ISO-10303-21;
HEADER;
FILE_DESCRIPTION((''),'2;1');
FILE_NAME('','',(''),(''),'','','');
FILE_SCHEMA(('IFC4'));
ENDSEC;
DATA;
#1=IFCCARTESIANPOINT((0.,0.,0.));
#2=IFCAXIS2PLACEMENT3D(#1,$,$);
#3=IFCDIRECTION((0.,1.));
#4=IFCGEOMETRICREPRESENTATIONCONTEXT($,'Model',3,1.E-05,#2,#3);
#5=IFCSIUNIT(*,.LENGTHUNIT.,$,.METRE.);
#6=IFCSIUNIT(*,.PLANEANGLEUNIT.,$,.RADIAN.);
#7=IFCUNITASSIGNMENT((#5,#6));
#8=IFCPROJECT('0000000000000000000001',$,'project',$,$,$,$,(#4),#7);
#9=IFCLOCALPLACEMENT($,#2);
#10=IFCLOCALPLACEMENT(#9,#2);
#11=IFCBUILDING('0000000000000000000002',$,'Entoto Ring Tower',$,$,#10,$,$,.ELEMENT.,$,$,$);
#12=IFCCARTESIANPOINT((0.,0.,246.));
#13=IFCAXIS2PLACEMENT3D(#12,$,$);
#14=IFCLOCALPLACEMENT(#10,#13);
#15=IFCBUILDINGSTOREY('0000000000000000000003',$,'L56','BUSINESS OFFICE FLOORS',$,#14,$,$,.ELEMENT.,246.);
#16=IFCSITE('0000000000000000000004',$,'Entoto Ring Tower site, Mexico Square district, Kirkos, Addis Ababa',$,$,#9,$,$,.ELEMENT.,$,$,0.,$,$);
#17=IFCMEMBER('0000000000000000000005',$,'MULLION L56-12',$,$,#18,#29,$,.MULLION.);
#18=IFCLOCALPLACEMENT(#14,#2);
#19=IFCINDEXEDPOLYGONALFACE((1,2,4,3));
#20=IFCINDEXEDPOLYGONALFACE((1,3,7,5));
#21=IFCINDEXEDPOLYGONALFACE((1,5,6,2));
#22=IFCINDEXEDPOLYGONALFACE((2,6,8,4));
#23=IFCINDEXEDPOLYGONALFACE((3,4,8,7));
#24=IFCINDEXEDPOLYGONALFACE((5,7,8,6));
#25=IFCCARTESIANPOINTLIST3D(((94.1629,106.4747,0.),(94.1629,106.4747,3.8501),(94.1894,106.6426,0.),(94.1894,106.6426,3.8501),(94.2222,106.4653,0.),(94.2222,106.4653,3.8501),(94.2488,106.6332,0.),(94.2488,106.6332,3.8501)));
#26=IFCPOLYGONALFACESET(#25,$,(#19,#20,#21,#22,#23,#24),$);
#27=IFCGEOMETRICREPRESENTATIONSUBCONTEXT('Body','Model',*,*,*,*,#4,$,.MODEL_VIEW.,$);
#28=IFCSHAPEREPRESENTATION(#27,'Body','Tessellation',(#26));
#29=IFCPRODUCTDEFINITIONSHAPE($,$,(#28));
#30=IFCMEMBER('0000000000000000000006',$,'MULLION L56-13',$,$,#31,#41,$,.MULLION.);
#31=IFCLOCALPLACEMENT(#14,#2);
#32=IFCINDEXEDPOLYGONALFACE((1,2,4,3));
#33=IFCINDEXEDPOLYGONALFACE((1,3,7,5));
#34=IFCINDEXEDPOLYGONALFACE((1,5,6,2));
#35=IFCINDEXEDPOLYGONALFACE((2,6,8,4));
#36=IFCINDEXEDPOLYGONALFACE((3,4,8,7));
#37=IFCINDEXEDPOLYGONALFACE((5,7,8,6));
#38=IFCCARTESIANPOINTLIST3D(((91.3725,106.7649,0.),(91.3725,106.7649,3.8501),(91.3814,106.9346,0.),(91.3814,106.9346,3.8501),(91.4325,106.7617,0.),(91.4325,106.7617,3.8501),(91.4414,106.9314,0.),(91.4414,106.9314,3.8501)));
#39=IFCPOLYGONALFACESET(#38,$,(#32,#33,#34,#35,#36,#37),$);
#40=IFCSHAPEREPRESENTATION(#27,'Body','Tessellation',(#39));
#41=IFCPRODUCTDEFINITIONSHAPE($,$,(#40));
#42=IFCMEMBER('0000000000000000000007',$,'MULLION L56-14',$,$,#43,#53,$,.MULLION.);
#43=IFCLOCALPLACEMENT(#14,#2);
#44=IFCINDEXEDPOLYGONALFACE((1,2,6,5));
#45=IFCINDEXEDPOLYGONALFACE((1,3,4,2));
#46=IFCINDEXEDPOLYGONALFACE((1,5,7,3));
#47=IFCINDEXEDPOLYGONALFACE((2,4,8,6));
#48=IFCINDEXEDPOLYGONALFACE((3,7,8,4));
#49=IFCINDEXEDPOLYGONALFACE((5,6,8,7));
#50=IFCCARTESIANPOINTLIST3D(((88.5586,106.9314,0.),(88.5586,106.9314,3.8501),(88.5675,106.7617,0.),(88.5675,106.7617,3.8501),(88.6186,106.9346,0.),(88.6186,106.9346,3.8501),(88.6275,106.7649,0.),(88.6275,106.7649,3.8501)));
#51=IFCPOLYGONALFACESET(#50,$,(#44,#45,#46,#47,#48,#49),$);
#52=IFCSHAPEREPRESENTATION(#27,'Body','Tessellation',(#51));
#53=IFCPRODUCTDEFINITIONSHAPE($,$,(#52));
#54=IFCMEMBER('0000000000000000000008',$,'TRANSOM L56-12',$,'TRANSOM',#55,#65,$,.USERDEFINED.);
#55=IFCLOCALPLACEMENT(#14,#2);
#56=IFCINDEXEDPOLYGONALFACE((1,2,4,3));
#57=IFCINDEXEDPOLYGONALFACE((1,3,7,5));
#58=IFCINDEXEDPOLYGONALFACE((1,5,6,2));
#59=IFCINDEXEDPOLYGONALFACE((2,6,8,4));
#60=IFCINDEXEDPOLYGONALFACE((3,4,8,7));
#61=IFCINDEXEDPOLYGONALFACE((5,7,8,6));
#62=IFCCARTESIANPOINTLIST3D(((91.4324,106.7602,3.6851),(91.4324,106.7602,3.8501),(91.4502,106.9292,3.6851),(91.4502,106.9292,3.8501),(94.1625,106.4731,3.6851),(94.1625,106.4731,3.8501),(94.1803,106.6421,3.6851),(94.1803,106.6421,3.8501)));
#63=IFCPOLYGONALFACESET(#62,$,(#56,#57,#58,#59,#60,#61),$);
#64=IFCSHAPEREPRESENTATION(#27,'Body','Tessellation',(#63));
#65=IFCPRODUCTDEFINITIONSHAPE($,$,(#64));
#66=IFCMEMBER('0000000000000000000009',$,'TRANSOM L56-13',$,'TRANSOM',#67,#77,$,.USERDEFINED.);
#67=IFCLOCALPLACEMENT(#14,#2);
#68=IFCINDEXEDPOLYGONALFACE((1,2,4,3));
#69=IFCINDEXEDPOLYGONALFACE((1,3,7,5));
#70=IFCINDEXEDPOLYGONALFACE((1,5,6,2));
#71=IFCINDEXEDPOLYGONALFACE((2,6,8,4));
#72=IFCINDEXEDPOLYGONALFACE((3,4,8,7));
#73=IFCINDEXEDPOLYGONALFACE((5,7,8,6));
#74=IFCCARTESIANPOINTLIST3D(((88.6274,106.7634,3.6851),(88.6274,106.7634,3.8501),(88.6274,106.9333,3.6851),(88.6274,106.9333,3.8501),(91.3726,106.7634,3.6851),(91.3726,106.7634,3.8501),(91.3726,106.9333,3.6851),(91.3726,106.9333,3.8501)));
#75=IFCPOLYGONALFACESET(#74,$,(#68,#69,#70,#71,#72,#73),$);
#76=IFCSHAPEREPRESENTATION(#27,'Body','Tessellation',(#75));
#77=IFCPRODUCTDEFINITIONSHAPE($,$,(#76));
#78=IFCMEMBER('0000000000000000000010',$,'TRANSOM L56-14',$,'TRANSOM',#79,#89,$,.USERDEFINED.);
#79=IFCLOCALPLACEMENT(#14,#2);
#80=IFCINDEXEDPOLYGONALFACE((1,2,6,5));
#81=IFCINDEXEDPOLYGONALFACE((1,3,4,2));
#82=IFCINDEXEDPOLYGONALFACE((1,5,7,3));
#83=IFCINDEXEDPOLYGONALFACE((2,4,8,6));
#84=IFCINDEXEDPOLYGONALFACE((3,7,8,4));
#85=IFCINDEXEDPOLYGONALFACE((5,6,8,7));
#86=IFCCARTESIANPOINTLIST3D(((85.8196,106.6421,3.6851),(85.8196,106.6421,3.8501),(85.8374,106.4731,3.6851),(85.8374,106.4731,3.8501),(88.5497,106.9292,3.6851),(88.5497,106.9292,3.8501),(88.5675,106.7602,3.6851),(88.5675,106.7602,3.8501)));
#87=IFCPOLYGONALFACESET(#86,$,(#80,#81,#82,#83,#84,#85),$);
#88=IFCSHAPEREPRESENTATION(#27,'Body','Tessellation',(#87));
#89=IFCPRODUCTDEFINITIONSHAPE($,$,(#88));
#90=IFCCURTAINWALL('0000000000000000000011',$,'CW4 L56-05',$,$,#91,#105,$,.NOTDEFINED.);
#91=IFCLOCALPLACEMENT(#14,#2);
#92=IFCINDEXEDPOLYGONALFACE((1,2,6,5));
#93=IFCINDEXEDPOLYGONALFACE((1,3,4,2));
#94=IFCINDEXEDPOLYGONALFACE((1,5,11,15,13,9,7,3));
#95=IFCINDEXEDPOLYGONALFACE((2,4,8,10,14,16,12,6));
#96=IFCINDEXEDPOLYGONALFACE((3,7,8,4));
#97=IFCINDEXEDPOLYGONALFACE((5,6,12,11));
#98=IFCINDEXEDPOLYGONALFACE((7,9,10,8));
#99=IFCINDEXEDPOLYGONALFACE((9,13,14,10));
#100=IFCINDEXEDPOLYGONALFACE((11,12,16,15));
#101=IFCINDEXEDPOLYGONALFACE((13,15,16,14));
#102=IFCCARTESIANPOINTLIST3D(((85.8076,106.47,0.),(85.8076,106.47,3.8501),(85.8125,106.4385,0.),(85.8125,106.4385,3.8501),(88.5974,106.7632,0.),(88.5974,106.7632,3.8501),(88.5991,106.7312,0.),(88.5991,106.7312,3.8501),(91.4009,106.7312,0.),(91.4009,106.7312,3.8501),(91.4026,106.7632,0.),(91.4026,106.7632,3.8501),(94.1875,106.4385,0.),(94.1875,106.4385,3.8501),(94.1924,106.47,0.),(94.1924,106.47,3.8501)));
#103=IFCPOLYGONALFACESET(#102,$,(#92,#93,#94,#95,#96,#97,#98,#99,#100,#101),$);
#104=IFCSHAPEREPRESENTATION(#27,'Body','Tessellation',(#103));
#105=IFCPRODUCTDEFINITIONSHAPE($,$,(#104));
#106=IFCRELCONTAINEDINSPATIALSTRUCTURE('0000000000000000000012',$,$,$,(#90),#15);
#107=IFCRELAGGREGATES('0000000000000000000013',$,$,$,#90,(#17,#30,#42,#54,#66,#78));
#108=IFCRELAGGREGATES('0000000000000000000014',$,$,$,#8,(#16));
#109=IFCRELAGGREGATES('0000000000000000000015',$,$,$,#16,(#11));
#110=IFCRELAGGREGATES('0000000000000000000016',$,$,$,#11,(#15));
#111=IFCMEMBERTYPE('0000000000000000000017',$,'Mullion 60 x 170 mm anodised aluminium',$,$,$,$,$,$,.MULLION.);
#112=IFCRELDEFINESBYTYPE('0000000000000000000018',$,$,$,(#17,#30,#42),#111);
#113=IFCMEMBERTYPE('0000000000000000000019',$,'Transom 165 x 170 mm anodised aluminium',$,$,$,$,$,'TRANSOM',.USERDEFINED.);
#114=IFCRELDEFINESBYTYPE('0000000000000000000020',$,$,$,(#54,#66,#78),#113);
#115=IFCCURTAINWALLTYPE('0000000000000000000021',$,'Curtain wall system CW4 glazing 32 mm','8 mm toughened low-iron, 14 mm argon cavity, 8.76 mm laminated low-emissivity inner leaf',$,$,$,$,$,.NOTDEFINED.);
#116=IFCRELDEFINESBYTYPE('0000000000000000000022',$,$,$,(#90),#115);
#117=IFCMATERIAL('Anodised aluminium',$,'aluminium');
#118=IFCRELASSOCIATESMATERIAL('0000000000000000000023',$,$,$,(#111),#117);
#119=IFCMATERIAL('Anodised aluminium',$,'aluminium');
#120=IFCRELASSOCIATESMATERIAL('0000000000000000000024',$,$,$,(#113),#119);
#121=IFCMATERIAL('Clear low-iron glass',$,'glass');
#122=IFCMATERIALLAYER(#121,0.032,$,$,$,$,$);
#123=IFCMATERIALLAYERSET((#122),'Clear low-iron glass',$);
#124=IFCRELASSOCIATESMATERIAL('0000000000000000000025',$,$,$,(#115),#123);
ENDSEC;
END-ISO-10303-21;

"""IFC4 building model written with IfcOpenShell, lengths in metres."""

from ifc_helpers import new_model, si_unit, direction, frame, origin, origin_2d, place, context, subcontext, project, spatial, polyline, rectangle, outline, extrude, material, layer, layer_set, material_profile, profile_set, type_object, element, aggregate, save


model = new_model("IFC4")

# Units and contexts
model_context = context("Model", 3, precision=1e-05, world=origin(), true_north=direction((0.0, 1.0)))
body_context = subcontext(model_context, "Body", "Model", "MODEL_VIEW")
ifc_project = project(units=[si_unit("LENGTHUNIT", "METRE"), si_unit("PLANEANGLEUNIT", "RADIAN")], contexts=[model_context])

# Members
ifc_material_1 = material(Name="Anodised aluminium", Category="aluminium")
ifc_material_profile_1 = material_profile(ifc_material_1, rectangle(XDim=0.0601, YDim=0.1699, at=origin_2d()), Name="Mullion 60 x 170 mm anodised aluminium")
ifc_profile_set_1 = profile_set([ifc_material_profile_1], Name="Anodised aluminium")
member_type_1 = type_object("IfcMemberType", Name="Mullion 60 x 170 mm anodised aluminium", PredefinedType="MULLION", material=ifc_profile_set_1)
site_placement = place(None, origin())
building_placement = place(site_placement, origin())
storey_placement = place(building_placement, frame((0.0, 0.0, 246.0)))
member_1_placement = place(storey_placement, frame((94.2058, 106.554, 0.0), z_axis=(0.0, 0.0, 1.0), x_axis=(-0.987688, 0.156434, 0.0)))
member_1 = element("IfcMember", 1, at=member_1_placement, type_object=member_type_1, Name="MULLION L56-12", PredefinedType="MULLION", context=body_context, shape_type="SweptSolid", body=[
    extrude(rectangle(XDim=0.0601, YDim=0.1699, at=origin_2d()), origin(), (0.0, 0.0, 1.0), 3.8501),
])
member_2_placement = place(storey_placement, frame((91.407, 106.8481, 0.0), z_axis=(0.0, 0.0, 1.0), x_axis=(-0.99863, 0.052336, 0.0)))
member_2 = element("IfcMember", 2, at=member_2_placement, type_object=member_type_1, Name="MULLION L56-13", PredefinedType="MULLION", context=body_context, shape_type="SweptSolid", body=[
    extrude(rectangle(XDim=0.0601, YDim=0.1699, at=origin_2d()), origin(), (0.0, 0.0, 1.0), 3.8501),
])
member_3_placement = place(storey_placement, frame((88.593, 106.8481, 0.0), z_axis=(0.0, 0.0, 1.0), x_axis=(-0.99863, -0.052336, 0.0)))
member_3 = element("IfcMember", 3, at=member_3_placement, type_object=member_type_1, Name="MULLION L56-14", PredefinedType="MULLION", context=body_context, shape_type="SweptSolid", body=[
    extrude(rectangle(XDim=0.0601, YDim=0.1699, at=origin_2d()), origin(), (0.0, 0.0, 1.0), 3.8501),
])
ifc_material_2 = material(Name="Anodised aluminium", Category="aluminium")
ifc_material_profile_2 = material_profile(ifc_material_2, rectangle(XDim=0.1699, YDim=0.165, at=origin_2d()), Name="Transom 165 x 170 mm anodised aluminium")
ifc_profile_set_2 = profile_set([ifc_material_profile_2], Name="Anodised aluminium")
member_type_2 = type_object("IfcMemberType", Name="Transom 165 x 170 mm anodised aluminium", ElementType="TRANSOM", PredefinedType="USERDEFINED", material=ifc_profile_set_2)
member_4_placement = place(storey_placement, frame((94.1714, 106.5576, 3.7676), z_axis=(-0.994515, 0.104592, 0.0), x_axis=(-0.104592, -0.994515, 0.0)))
member_4 = element("IfcMember", 4, at=member_4_placement, type_object=member_type_2, Name="TRANSOM L56-12", ObjectType="TRANSOM", PredefinedType="USERDEFINED", context=body_context, shape_type="SweptSolid", body=[
    extrude(rectangle(XDim=0.1699, YDim=0.165, at=origin_2d()), origin(), (0.0, 0.0, 1.0), 2.7451),
])
member_5_placement = place(storey_placement, frame((91.3726, 106.8484, 3.7676), z_axis=(-1.0, 0.0, 0.0), x_axis=(0.0, -1.0, 0.0)))
member_5 = element("IfcMember", 5, at=member_5_placement, type_object=member_type_2, Name="TRANSOM L56-13", ObjectType="TRANSOM", PredefinedType="USERDEFINED", context=body_context, shape_type="SweptSolid", body=[
    extrude(rectangle(XDim=0.1699, YDim=0.165, at=origin_2d()), origin(), (0.0, 0.0, 1.0), 2.7451),
])
member_6_placement = place(storey_placement, frame((88.5586, 106.8447, 3.7676), z_axis=(-0.994515, -0.104592, 0.0), x_axis=(0.104592, -0.994515, 0.0)))
member_6 = element("IfcMember", 6, at=member_6_placement, type_object=member_type_2, Name="TRANSOM L56-14", ObjectType="TRANSOM", PredefinedType="USERDEFINED", context=body_context, shape_type="SweptSolid", body=[
    extrude(rectangle(XDim=0.1699, YDim=0.165, at=origin_2d()), origin(), (0.0, 0.0, 1.0), 2.7451),
])

# Site, building, storey
site = spatial("IfcSite", under=ifc_project, at=site_placement, Name="Entoto Ring Tower site, Mexico Square district, Kirkos, Addis Ababa", CompositionType="ELEMENT", RefElevation=0.0)
building = spatial("IfcBuilding", under=site, at=building_placement, Name="Entoto Ring Tower", CompositionType="ELEMENT")
storey = spatial("IfcBuildingStorey", under=building, at=storey_placement, Name="L56", Description="BUSINESS OFFICE FLOORS", CompositionType="ELEMENT", Elevation=246.0)

# Curtain wall
ifc_material_3 = material(Name="Clear low-iron glass", Category="glass")
ifc_layer = layer(ifc_material_3, 0.032)
ifc_layer_set = layer_set([ifc_layer], Name="Clear low-iron glass")
curtain_wall_type = type_object("IfcCurtainWallType", Name="Curtain wall system CW4 glazing 32 mm", Description="8 mm toughened low-iron, 14 mm argon cavity, 8.76 mm laminated low-emissivity inner leaf", PredefinedType="NOTDEFINED", material=ifc_layer_set)
curtain_wall_1_placement = place(storey_placement, origin())
curtain_wall_1 = element("IfcCurtainWall", 7, at=curtain_wall_1_placement, inside=storey, type_object=curtain_wall_type, Name="CW4 L56-05", PredefinedType="NOTDEFINED", context=body_context, shape_type="SweptSolid", body=[
    extrude(outline(polyline([(94.1924, 106.47), (91.4026, 106.7632), (88.5974, 106.7632), (85.8076, 106.47), (85.8125, 106.4385), (88.5991, 106.7312), (91.4009, 106.7312), (94.1875, 106.4385), (94.1924, 106.47)])), origin(), (0.0, 0.0, 1.0), 3.8501),
])
aggregate(curtain_wall_1, [member_1, member_2, member_3, member_4, member_5, member_6])

save(model, "model.ifc")
